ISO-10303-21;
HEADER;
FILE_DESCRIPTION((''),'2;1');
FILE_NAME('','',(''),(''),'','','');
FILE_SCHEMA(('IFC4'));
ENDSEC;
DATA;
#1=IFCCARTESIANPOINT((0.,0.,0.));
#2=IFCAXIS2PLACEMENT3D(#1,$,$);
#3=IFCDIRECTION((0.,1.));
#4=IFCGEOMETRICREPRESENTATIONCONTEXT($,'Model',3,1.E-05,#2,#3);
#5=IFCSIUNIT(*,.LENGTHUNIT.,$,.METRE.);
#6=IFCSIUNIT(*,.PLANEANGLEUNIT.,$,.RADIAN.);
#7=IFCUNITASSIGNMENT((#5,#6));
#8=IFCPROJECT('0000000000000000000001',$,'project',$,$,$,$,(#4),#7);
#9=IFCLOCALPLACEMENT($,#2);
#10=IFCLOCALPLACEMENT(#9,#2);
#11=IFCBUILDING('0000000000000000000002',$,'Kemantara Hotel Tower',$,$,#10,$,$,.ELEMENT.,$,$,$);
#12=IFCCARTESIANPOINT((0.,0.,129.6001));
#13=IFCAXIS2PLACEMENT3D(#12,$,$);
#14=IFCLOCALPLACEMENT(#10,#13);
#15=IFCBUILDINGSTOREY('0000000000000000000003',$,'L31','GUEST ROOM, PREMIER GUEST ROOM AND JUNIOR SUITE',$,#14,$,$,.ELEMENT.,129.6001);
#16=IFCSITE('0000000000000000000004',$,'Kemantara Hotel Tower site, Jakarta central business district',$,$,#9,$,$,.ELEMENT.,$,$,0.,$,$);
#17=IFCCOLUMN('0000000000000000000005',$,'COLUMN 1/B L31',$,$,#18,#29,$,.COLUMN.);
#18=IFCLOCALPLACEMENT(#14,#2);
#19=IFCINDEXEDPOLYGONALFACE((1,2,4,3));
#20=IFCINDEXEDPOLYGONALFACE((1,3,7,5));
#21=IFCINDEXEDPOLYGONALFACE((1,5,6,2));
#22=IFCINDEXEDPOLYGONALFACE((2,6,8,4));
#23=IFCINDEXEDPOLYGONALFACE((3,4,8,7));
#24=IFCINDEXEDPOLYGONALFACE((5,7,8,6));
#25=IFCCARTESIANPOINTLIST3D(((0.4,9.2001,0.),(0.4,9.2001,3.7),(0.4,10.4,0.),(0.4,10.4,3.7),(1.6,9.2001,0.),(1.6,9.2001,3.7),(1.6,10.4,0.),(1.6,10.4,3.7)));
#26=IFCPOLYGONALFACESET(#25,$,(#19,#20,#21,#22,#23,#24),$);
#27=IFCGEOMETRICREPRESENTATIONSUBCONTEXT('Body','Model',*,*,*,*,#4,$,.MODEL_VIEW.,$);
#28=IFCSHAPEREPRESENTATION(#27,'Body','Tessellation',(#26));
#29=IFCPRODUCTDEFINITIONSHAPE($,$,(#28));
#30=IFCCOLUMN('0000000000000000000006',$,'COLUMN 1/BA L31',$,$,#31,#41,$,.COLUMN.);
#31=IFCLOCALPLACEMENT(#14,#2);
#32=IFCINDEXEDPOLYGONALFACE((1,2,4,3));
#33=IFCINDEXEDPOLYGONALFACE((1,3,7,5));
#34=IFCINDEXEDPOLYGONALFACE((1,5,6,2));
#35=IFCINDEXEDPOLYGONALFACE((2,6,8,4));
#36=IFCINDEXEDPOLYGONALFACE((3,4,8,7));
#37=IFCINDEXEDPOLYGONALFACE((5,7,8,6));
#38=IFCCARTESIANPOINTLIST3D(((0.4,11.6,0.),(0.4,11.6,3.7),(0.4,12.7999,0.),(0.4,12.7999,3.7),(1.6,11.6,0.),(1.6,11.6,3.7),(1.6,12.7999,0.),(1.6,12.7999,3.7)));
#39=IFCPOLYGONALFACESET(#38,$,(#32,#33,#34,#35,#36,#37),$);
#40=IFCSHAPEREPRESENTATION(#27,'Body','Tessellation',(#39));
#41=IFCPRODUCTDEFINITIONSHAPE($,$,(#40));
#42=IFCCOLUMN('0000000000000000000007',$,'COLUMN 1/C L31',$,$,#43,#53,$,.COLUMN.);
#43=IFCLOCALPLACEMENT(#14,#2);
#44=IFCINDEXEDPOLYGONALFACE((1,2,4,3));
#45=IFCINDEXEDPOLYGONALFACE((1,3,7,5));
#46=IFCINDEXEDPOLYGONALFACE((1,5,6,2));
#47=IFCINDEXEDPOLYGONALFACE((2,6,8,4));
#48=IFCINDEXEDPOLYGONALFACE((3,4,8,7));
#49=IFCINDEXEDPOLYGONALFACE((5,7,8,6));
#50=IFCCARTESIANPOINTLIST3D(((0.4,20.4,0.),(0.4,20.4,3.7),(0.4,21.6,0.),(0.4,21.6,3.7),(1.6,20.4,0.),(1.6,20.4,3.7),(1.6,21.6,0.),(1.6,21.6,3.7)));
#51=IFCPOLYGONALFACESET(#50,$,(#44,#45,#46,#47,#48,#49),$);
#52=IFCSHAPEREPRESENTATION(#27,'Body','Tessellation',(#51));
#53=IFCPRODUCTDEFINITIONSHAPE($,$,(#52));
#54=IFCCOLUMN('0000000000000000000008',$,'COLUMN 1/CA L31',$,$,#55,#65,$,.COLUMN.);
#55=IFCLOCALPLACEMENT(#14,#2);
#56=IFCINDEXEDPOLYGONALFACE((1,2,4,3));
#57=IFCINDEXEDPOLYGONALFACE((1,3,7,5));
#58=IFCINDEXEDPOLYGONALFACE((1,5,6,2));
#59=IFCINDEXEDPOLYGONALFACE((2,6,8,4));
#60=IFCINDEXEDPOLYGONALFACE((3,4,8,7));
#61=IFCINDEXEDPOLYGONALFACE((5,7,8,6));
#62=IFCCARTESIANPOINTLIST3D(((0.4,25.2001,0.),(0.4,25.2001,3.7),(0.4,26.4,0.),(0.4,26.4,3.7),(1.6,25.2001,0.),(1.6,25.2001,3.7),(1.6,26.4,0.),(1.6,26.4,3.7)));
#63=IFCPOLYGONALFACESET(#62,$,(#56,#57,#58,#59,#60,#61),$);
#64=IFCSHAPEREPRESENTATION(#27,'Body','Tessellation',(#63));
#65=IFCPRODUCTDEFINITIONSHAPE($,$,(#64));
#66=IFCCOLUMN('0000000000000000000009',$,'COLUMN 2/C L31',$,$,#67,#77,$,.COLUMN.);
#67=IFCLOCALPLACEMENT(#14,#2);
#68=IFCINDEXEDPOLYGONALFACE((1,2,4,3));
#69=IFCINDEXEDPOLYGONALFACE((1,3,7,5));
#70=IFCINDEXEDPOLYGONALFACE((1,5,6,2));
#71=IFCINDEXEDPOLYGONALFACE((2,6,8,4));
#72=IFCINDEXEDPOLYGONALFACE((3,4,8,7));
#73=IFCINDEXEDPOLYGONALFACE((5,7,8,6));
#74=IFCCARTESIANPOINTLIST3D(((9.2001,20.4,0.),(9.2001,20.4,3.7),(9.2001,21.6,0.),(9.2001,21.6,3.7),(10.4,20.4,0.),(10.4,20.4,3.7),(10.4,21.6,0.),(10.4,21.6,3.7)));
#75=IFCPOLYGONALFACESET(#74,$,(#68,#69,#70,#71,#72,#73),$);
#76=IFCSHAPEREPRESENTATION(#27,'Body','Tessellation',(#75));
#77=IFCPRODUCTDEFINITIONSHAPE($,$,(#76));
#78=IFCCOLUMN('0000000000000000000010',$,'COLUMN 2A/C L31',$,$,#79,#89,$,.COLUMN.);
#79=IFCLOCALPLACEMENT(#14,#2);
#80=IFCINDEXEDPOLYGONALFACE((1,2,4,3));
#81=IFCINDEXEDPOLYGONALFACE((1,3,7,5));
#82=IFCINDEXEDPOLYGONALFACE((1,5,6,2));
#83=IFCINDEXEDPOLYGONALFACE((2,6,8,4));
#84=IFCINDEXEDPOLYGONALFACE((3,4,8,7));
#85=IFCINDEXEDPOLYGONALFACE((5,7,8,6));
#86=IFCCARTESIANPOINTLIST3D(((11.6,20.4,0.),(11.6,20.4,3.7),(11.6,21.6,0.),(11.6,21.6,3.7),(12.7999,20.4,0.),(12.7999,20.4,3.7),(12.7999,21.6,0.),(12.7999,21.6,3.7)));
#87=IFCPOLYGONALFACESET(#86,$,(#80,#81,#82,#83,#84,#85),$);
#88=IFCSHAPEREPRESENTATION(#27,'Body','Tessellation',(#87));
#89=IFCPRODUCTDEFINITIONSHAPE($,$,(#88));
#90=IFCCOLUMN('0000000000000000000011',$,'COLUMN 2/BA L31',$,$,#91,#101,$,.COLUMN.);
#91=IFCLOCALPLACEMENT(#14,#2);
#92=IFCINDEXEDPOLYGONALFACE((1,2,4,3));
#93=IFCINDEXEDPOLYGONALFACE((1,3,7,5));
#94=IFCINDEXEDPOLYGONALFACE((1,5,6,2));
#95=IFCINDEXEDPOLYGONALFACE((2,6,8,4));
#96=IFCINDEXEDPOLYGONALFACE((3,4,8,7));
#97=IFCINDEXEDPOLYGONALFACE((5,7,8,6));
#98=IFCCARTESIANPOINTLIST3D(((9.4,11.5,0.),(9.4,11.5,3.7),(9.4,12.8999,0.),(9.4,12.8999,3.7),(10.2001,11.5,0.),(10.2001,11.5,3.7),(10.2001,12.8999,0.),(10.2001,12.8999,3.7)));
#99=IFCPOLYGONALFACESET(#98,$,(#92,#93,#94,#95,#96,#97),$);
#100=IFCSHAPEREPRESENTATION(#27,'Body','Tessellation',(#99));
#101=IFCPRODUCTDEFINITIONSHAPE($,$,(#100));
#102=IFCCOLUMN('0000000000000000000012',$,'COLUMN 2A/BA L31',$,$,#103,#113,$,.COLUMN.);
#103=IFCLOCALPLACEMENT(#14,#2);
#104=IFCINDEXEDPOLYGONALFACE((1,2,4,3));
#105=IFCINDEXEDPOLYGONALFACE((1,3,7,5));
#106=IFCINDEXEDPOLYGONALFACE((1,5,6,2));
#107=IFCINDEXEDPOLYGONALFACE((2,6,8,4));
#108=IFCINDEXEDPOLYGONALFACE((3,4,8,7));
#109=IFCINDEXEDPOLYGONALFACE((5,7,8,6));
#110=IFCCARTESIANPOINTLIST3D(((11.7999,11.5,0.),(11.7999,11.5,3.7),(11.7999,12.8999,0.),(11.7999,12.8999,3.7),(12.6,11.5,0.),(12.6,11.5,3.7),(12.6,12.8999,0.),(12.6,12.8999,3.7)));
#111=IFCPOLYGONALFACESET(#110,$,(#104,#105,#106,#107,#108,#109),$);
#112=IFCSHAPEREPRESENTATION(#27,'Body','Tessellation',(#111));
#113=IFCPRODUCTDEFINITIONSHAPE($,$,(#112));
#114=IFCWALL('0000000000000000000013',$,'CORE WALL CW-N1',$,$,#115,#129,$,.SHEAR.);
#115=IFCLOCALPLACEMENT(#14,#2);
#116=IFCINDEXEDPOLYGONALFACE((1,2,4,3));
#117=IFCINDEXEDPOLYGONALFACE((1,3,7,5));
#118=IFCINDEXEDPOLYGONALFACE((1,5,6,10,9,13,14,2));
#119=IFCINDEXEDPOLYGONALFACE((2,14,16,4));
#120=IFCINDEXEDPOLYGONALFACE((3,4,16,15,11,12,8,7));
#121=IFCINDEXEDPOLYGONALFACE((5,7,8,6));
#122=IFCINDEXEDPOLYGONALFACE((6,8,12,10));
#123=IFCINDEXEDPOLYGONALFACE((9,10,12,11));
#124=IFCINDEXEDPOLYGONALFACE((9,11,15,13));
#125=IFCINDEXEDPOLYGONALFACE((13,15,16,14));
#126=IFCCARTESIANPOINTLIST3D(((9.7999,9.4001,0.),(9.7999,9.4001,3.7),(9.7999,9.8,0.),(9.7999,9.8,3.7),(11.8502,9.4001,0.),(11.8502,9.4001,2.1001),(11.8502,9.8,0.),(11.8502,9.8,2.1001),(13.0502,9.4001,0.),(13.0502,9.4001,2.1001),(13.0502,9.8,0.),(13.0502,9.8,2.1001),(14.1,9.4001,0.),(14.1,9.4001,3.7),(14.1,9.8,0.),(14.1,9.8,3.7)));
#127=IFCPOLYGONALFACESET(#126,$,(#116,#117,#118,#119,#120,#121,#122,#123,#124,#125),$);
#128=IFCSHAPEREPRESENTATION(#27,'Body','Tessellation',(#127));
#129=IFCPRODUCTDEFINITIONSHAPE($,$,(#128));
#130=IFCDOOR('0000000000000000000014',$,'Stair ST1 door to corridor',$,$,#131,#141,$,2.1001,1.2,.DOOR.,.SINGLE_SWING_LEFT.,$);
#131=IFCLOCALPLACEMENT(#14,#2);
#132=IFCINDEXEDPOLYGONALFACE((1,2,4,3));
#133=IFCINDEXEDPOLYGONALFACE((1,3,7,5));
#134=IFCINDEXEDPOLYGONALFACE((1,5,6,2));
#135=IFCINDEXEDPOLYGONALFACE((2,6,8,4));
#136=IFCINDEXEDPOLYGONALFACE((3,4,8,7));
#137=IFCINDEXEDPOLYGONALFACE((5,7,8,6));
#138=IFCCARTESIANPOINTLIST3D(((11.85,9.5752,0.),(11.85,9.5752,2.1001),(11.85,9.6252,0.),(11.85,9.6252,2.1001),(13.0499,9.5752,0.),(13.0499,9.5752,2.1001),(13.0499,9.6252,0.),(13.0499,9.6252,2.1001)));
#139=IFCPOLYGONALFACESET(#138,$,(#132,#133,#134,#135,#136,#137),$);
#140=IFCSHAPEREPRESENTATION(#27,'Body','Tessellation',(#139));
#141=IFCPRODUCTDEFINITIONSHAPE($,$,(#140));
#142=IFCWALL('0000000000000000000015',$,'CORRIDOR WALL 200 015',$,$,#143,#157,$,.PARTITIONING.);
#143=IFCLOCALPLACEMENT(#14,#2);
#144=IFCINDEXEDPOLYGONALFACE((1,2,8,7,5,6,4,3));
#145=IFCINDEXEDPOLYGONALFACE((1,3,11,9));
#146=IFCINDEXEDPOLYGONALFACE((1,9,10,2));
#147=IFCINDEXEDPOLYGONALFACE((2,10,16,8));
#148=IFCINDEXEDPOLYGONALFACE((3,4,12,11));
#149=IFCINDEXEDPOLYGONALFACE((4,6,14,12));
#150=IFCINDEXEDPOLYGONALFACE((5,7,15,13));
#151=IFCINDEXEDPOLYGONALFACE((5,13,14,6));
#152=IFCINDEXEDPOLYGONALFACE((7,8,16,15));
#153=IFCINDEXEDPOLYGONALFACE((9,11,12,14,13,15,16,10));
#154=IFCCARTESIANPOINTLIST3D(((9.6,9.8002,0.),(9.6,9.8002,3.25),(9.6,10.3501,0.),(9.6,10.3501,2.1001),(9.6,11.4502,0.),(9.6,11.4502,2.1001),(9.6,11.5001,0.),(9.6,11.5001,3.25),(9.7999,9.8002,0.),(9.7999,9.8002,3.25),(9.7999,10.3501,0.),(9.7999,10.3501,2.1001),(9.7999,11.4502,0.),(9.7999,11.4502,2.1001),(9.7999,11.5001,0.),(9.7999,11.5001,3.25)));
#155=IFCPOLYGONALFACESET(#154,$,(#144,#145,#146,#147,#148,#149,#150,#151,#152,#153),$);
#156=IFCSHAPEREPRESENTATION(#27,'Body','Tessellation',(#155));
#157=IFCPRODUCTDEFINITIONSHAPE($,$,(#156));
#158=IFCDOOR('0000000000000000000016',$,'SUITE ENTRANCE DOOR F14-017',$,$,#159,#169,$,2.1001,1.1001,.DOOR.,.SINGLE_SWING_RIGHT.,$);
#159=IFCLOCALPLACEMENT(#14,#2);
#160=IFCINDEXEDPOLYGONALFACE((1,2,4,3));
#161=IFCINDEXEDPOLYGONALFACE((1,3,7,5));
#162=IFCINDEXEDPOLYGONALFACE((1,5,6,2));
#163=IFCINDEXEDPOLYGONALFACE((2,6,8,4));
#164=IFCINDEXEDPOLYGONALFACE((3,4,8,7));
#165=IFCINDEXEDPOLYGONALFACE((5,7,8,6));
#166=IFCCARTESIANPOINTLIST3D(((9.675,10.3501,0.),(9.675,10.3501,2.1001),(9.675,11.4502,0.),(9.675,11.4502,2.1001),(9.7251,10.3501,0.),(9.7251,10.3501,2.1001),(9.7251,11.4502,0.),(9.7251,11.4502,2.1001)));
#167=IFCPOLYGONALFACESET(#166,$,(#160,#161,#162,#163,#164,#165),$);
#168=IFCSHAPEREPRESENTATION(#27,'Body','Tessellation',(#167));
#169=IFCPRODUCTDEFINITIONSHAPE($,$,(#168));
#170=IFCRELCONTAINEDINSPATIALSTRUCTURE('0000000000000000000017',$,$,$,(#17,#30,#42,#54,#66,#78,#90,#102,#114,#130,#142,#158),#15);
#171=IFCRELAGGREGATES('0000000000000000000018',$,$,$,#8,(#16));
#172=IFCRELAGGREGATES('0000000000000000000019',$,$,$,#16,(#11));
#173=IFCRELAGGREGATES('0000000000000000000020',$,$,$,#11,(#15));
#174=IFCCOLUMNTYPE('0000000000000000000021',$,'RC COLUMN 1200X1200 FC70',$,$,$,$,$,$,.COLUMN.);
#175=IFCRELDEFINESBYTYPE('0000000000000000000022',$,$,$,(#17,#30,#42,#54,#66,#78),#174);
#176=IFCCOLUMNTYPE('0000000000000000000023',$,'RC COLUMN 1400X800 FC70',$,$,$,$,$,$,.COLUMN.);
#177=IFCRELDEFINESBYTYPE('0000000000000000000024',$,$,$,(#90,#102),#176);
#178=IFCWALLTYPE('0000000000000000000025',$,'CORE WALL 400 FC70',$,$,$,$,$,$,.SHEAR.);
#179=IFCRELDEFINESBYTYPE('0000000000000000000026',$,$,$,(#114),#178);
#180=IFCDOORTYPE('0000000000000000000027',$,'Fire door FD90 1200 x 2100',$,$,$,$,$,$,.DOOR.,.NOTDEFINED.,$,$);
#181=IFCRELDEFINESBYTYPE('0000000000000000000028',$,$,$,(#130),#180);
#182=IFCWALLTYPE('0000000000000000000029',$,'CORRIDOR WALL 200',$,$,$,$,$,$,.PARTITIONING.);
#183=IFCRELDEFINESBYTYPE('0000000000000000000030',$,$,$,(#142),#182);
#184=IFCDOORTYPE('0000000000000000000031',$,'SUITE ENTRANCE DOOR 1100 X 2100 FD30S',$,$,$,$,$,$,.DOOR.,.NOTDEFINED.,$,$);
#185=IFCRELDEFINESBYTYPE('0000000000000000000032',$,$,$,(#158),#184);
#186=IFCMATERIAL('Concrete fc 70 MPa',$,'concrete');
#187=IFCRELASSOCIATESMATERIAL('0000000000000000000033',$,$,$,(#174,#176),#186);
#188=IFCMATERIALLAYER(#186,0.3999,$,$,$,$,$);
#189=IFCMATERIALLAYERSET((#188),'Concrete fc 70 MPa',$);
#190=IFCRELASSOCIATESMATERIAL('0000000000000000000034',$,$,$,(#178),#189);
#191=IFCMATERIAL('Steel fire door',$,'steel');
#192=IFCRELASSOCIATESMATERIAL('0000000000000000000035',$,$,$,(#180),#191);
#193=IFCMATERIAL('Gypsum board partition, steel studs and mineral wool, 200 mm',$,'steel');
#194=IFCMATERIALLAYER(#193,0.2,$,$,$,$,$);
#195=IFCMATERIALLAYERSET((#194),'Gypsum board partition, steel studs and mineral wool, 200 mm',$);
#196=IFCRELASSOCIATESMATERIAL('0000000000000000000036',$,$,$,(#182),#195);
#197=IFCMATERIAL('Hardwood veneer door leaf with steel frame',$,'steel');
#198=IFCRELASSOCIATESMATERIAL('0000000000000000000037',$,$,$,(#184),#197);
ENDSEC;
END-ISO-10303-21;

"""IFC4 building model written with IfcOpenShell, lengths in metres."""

from ifc_helpers import new_model, si_unit, direction, frame, frame_2d, origin, origin_2d, place, context, subcontext, project, spatial, rectangle, extrude, material, layer, layer_set, material_profile, profile_set, type_object, element, fill, save


model = new_model("IFC4")

# Units and contexts
model_context = context("Model", 3, precision=1e-05, world=origin(), true_north=direction((0.0, 1.0)))
body_context = subcontext(model_context, "Body", "Model", "MODEL_VIEW")
ifc_project = project(units=[si_unit("LENGTHUNIT", "METRE"), si_unit("PLANEANGLEUNIT", "RADIAN")], contexts=[model_context])

# Site, building, storey
site_placement = place(None, origin())
site = spatial("IfcSite", under=ifc_project, at=site_placement, Name="Kemantara Hotel Tower site, Jakarta central business district", CompositionType="ELEMENT", RefElevation=0.0)
building_placement = place(site_placement, origin())
building = spatial("IfcBuilding", under=site, at=building_placement, Name="Kemantara Hotel Tower", CompositionType="ELEMENT")
storey_placement = place(building_placement, frame((0.0, 0.0, 129.6001)))
storey = spatial("IfcBuildingStorey", under=building, at=storey_placement, Name="L31", Description="GUEST ROOM, PREMIER GUEST ROOM AND JUNIOR SUITE", CompositionType="ELEMENT", Elevation=129.6001)

# Columns
ifc_material_1 = material(Name="Concrete fc 70 MPa", Category="concrete")
ifc_material_profile_1 = material_profile(ifc_material_1, rectangle(XDim=1.2, YDim=1.2, at=origin_2d()), Name="RC 1200X1200")
ifc_profile_set_1 = profile_set([ifc_material_profile_1], Name="Concrete fc 70 MPa")
column_type_1 = type_object("IfcColumnType", Name="RC COLUMN 1200X1200 FC70", PredefinedType="COLUMN", material=ifc_profile_set_1)
for number, where, z_axis, x_axis, name in (
    (1, (1.0, 9.8, 0.0), (0.0, 0.0, 1.0), (1.0, 0.0, 0.0), "COLUMN 1/B L31"),
    (2, (1.0, 12.2, 0.0), (0.0, 0.0, 1.0), (1.0, 0.0, 0.0), "COLUMN 1/BA L31"),
    (3, (1.0, 21.0, 0.0), (0.0, 0.0, 1.0), (1.0, 0.0, 0.0), "COLUMN 1/C L31"),
    (4, (1.0, 25.8, 0.0), (0.0, 0.0, 1.0), (1.0, 0.0, 0.0), "COLUMN 1/CA L31"),
    (5, (9.8, 21.0, 0.0), (0.0, 0.0, 1.0), (1.0, 0.0, 0.0), "COLUMN 2/C L31"),
    (6, (12.2, 21.0, 0.0), (0.0, 0.0, 1.0), (1.0, 0.0, 0.0), "COLUMN 2A/C L31"),
):
    element("IfcColumn", number, at=place(storey_placement, frame(where, z_axis=z_axis, x_axis=x_axis)), inside=storey, type_object=column_type_1, Name=name, PredefinedType="COLUMN", context=body_context, shape_type="SweptSolid", body=[
        extrude(rectangle(XDim=1.2, YDim=1.2, at=origin_2d()), origin(), (0.0, 0.0, 1.0), 3.7),
    ])
ifc_material_profile_2 = material_profile(ifc_material_1, rectangle(XDim=1.3999, YDim=0.8, at=origin_2d()), Name="RC 1400X800")
ifc_profile_set_2 = profile_set([ifc_material_profile_2], Name="Concrete fc 70 MPa")
column_type_2 = type_object("IfcColumnType", Name="RC COLUMN 1400X800 FC70", PredefinedType="COLUMN", material=ifc_profile_set_2)
for number, where, z_axis, x_axis, name in (
    (7, (9.8, 12.2, 0.0), (0.0, 0.0, 1.0), (0.0, 1.0, 0.0), "COLUMN 2/BA L31"),
    (8, (12.2, 12.2, 0.0), (0.0, 0.0, 1.0), (0.0, 1.0, 0.0), "COLUMN 2A/BA L31"),
):
    element("IfcColumn", number, at=place(storey_placement, frame(where, z_axis=z_axis, x_axis=x_axis)), inside=storey, type_object=column_type_2, Name=name, PredefinedType="COLUMN", context=body_context, shape_type="SweptSolid", body=[
        extrude(rectangle(XDim=1.3999, YDim=0.8, at=origin_2d()), origin(), (0.0, 0.0, 1.0), 3.7),
    ])

# Walls, openings, doors
ifc_layer_1 = layer(ifc_material_1, 0.3999)
ifc_layer_set_1 = layer_set([ifc_layer_1], Name="Concrete fc 70 MPa")
wall_type_1 = type_object("IfcWallType", Name="CORE WALL 400 FC70", PredefinedType="SHEAR", material=ifc_layer_set_1)
wall_1_placement = place(storey_placement, frame((9.8, 9.6001, 0.0), z_axis=(0.0, 0.0, 1.0), x_axis=(1.0, 0.0, 0.0)))
wall_1 = element("IfcWall", 9, at=wall_1_placement, inside=storey, type_object=wall_type_1, Name="CORE WALL CW-N1", PredefinedType="SHEAR", context=body_context, shape_type="SweptSolid", body=[
    extrude(rectangle(XDim=4.3, YDim=0.3999, at=frame_2d((2.1499, 0.0))), origin(), (0.0, 0.0, 1.0), 3.7),
])
opening_1_placement = place(wall_1_placement, frame((2.05, 0.0, 0.0)))
opening_1 = element("IfcOpeningElement", 10, at=opening_1_placement, cuts=wall_1, PredefinedType="OPENING", context=body_context, shape_type="SweptSolid", body=[
    extrude(rectangle(XDim=1.2, YDim=2.1001, at=frame_2d((0.6001, 1.05))), frame((0.0, 0.21, 0.0), z_axis=(0.0, -1.0, 0.0), x_axis=(1.0, 0.0, 0.0)), (0.0, 0.0, 1.0), 0.4199),
])
ifc_material_2 = material(Name="Steel fire door", Category="steel")
door_type_1 = type_object("IfcDoorType", Name="Fire door FD90 1200 x 2100", OperationType="NOTDEFINED", PredefinedType="DOOR", material=ifc_material_2)
door_1_placement = place(opening_1_placement, frame((1.2, 0.0, 0.0), z_axis=(0.0, 0.0, 1.0), x_axis=(-1.0, 0.0, 0.0)))
door_1 = element("IfcDoor", 11, at=door_1_placement, inside=storey, type_object=door_type_1, Name="Stair ST1 door to corridor", OperationType="SINGLE_SWING_LEFT", OverallHeight=2.1001, OverallWidth=1.2, PredefinedType="DOOR", context=body_context, shape_type="SweptSolid", body=[
    extrude(rectangle(XDim=1.2, YDim=2.1001, at=frame_2d((0.6001, 1.05))), frame((0.0, 0.0249, 0.0), z_axis=(0.0, -1.0, 0.0), x_axis=(1.0, 0.0, 0.0)), (0.0, 0.0, 1.0), 0.05),
])
fill(opening_1, door_1)
ifc_material_3 = material(Name="Gypsum board partition, steel studs and mineral wool, 200 mm", Category="steel")
ifc_layer_2 = layer(ifc_material_3, 0.2)
ifc_layer_set_2 = layer_set([ifc_layer_2], Name="Gypsum board partition, steel studs and mineral wool, 200 mm")
wall_type_2 = type_object("IfcWallType", Name="CORRIDOR WALL 200", PredefinedType="PARTITIONING", material=ifc_layer_set_2)
wall_2_placement = place(storey_placement, frame((9.7, 9.8, 0.0), z_axis=(0.0, 0.0, 1.0), x_axis=(0.0, 1.0, 0.0)))
wall_2 = element("IfcWall", 12, at=wall_2_placement, inside=storey, type_object=wall_type_2, Name="CORRIDOR WALL 200 015", PredefinedType="PARTITIONING", context=body_context, shape_type="SweptSolid", body=[
    extrude(rectangle(XDim=1.7, YDim=0.2, at=frame_2d((0.8501, 0.0))), origin(), (0.0, 0.0, 1.0), 3.25),
])
opening_2_placement = place(wall_2_placement, frame((0.55, 0.0, 0.0)))
opening_2 = element("IfcOpeningElement", 13, at=opening_2_placement, cuts=wall_2, PredefinedType="OPENING", context=body_context, shape_type="SweptSolid", body=[
    extrude(rectangle(XDim=1.1001, YDim=2.1001, at=frame_2d((0.55, 1.05))), frame((0.0, 0.1099, 0.0), z_axis=(0.0, -1.0, 0.0), x_axis=(1.0, 0.0, 0.0)), (0.0, 0.0, 1.0), 0.22),
])
ifc_material_4 = material(Name="Hardwood veneer door leaf with steel frame", Category="steel")
door_type_2 = type_object("IfcDoorType", Name="SUITE ENTRANCE DOOR 1100 X 2100 FD30S", OperationType="NOTDEFINED", PredefinedType="DOOR", material=ifc_material_4)
door_2_placement = place(opening_2_placement, origin())
door_2 = element("IfcDoor", 14, at=door_2_placement, inside=storey, type_object=door_type_2, Name="SUITE ENTRANCE DOOR F14-017", OperationType="SINGLE_SWING_RIGHT", OverallHeight=2.1001, OverallWidth=1.1001, PredefinedType="DOOR", context=body_context, shape_type="SweptSolid", body=[
    extrude(rectangle(XDim=1.1001, YDim=2.1001, at=frame_2d((0.55, 1.05))), frame((0.0, 0.0249, 0.0), z_axis=(0.0, -1.0, 0.0), x_axis=(1.0, 0.0, 0.0)), (0.0, 0.0, 1.0), 0.05),
])
fill(opening_2, door_2)

save(model, "model.ifc")
